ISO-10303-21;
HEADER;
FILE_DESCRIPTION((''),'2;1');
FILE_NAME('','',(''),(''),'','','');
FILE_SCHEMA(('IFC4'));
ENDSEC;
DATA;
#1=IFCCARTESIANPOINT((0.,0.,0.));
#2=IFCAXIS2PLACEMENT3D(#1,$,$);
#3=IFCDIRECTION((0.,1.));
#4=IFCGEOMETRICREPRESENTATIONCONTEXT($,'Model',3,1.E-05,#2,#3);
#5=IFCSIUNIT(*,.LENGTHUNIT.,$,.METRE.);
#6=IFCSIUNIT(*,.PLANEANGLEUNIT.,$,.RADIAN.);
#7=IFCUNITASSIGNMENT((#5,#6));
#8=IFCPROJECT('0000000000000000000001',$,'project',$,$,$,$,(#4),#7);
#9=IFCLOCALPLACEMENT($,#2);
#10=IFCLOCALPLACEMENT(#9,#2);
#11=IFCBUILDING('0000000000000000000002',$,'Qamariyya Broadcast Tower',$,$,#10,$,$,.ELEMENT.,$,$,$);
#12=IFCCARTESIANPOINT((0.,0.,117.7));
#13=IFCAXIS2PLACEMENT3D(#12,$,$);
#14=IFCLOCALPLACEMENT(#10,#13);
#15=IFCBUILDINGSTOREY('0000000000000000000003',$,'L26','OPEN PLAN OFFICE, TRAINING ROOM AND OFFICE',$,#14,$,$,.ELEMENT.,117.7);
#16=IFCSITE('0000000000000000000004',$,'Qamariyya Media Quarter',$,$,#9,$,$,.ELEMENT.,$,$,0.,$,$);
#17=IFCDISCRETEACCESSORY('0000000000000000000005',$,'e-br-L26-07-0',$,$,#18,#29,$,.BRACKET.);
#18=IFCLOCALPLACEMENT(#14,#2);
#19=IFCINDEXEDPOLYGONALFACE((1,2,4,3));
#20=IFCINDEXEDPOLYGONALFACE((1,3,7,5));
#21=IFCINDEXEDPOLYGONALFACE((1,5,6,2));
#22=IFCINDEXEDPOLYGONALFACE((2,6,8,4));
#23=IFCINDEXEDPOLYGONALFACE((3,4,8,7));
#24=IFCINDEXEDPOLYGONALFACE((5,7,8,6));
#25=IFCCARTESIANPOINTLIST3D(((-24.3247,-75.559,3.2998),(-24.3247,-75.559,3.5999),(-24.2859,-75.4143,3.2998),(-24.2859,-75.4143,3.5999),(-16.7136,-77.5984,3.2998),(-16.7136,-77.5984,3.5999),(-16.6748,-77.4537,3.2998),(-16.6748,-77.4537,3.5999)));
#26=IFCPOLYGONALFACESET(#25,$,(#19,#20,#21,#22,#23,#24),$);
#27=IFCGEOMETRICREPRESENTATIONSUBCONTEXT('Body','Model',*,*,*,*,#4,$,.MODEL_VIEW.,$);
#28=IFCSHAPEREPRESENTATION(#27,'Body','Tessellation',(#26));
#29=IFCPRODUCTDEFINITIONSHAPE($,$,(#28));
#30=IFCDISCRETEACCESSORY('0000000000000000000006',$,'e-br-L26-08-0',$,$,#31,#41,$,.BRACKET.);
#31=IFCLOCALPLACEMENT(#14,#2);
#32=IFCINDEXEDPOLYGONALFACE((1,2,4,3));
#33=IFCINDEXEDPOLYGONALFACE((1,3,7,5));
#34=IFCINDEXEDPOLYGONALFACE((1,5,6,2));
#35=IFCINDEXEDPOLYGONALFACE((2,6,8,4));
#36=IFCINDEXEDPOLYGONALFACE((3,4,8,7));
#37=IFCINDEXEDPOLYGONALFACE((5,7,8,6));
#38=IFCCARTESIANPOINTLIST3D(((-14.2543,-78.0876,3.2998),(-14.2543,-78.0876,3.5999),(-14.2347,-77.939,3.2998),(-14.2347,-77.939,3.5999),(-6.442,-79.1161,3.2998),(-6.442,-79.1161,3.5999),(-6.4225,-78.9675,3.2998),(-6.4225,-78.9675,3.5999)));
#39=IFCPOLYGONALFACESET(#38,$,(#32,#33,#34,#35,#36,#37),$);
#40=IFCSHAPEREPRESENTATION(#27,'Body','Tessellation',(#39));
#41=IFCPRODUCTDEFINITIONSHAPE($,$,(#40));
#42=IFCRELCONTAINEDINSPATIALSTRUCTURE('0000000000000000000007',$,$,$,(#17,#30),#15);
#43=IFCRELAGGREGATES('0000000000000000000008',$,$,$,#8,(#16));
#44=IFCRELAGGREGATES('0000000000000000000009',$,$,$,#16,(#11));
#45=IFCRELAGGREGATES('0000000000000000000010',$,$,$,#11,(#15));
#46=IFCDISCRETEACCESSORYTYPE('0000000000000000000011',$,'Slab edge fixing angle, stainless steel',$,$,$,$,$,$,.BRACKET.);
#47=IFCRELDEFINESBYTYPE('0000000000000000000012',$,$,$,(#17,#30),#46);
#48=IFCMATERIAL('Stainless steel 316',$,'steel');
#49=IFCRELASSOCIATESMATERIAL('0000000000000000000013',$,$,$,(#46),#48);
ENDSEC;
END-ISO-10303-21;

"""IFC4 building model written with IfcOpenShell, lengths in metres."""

from ifc_helpers import new_model, si_unit, direction, frame, origin, origin_2d, place, context, subcontext, project, spatial, rectangle, extrude, material, type_object, element, save


model = new_model("IFC4")

# Units and contexts
model_context = context("Model", 3, precision=1e-05, world=origin(), true_north=direction((0.0, 1.0)))
body_context = subcontext(model_context, "Body", "Model", "MODEL_VIEW")
ifc_project = project(units=[si_unit("LENGTHUNIT", "METRE"), si_unit("PLANEANGLEUNIT", "RADIAN")], contexts=[model_context])

# Site, building, storey
site_placement = place(None, origin())
site = spatial("IfcSite", under=ifc_project, at=site_placement, Name="Qamariyya Media Quarter", CompositionType="ELEMENT", RefElevation=0.0)
building_placement = place(site_placement, origin())
building = spatial("IfcBuilding", under=site, at=building_placement, Name="Qamariyya Broadcast Tower", CompositionType="ELEMENT")
storey_placement = place(building_placement, frame((0.0, 0.0, 117.7)))
storey = spatial("IfcBuildingStorey", under=building, at=storey_placement, Name="L26", Description="OPEN PLAN OFFICE, TRAINING ROOM AND OFFICE", CompositionType="ELEMENT", Elevation=117.7)

# Discrete accessories
ifc_material_1 = material(Name="Stainless steel 316", Category="steel")
discrete_accessory_type = type_object("IfcDiscreteAccessoryType", Name="Slab edge fixing angle, stainless steel", PredefinedType="BRACKET", material=ifc_material_1)
for number, where, z_axis, x_axis, name in (
    (1, (-20.4998, -76.5063, 3.2998), (0.0, 0.0, 1.0), (0.965926, -0.258819, 0.0), "e-br-L26-07-0"),
    (2, (-10.3384, -78.5276, 3.2998), (0.0, 0.0, 1.0), (0.991445, -0.130526, 0.0), "e-br-L26-08-0"),
):
    element("IfcDiscreteAccessory", number, at=place(storey_placement, frame(where, z_axis=z_axis, x_axis=x_axis)), inside=storey, type_object=discrete_accessory_type, Name=name, PredefinedType="BRACKET", context=body_context, shape_type="SweptSolid", body=[
        extrude(rectangle(XDim=7.8796, YDim=0.1499, at=origin_2d()), origin(), (0.0, 0.0, 1.0), 0.3),
    ])

save(model, "model.ifc")
